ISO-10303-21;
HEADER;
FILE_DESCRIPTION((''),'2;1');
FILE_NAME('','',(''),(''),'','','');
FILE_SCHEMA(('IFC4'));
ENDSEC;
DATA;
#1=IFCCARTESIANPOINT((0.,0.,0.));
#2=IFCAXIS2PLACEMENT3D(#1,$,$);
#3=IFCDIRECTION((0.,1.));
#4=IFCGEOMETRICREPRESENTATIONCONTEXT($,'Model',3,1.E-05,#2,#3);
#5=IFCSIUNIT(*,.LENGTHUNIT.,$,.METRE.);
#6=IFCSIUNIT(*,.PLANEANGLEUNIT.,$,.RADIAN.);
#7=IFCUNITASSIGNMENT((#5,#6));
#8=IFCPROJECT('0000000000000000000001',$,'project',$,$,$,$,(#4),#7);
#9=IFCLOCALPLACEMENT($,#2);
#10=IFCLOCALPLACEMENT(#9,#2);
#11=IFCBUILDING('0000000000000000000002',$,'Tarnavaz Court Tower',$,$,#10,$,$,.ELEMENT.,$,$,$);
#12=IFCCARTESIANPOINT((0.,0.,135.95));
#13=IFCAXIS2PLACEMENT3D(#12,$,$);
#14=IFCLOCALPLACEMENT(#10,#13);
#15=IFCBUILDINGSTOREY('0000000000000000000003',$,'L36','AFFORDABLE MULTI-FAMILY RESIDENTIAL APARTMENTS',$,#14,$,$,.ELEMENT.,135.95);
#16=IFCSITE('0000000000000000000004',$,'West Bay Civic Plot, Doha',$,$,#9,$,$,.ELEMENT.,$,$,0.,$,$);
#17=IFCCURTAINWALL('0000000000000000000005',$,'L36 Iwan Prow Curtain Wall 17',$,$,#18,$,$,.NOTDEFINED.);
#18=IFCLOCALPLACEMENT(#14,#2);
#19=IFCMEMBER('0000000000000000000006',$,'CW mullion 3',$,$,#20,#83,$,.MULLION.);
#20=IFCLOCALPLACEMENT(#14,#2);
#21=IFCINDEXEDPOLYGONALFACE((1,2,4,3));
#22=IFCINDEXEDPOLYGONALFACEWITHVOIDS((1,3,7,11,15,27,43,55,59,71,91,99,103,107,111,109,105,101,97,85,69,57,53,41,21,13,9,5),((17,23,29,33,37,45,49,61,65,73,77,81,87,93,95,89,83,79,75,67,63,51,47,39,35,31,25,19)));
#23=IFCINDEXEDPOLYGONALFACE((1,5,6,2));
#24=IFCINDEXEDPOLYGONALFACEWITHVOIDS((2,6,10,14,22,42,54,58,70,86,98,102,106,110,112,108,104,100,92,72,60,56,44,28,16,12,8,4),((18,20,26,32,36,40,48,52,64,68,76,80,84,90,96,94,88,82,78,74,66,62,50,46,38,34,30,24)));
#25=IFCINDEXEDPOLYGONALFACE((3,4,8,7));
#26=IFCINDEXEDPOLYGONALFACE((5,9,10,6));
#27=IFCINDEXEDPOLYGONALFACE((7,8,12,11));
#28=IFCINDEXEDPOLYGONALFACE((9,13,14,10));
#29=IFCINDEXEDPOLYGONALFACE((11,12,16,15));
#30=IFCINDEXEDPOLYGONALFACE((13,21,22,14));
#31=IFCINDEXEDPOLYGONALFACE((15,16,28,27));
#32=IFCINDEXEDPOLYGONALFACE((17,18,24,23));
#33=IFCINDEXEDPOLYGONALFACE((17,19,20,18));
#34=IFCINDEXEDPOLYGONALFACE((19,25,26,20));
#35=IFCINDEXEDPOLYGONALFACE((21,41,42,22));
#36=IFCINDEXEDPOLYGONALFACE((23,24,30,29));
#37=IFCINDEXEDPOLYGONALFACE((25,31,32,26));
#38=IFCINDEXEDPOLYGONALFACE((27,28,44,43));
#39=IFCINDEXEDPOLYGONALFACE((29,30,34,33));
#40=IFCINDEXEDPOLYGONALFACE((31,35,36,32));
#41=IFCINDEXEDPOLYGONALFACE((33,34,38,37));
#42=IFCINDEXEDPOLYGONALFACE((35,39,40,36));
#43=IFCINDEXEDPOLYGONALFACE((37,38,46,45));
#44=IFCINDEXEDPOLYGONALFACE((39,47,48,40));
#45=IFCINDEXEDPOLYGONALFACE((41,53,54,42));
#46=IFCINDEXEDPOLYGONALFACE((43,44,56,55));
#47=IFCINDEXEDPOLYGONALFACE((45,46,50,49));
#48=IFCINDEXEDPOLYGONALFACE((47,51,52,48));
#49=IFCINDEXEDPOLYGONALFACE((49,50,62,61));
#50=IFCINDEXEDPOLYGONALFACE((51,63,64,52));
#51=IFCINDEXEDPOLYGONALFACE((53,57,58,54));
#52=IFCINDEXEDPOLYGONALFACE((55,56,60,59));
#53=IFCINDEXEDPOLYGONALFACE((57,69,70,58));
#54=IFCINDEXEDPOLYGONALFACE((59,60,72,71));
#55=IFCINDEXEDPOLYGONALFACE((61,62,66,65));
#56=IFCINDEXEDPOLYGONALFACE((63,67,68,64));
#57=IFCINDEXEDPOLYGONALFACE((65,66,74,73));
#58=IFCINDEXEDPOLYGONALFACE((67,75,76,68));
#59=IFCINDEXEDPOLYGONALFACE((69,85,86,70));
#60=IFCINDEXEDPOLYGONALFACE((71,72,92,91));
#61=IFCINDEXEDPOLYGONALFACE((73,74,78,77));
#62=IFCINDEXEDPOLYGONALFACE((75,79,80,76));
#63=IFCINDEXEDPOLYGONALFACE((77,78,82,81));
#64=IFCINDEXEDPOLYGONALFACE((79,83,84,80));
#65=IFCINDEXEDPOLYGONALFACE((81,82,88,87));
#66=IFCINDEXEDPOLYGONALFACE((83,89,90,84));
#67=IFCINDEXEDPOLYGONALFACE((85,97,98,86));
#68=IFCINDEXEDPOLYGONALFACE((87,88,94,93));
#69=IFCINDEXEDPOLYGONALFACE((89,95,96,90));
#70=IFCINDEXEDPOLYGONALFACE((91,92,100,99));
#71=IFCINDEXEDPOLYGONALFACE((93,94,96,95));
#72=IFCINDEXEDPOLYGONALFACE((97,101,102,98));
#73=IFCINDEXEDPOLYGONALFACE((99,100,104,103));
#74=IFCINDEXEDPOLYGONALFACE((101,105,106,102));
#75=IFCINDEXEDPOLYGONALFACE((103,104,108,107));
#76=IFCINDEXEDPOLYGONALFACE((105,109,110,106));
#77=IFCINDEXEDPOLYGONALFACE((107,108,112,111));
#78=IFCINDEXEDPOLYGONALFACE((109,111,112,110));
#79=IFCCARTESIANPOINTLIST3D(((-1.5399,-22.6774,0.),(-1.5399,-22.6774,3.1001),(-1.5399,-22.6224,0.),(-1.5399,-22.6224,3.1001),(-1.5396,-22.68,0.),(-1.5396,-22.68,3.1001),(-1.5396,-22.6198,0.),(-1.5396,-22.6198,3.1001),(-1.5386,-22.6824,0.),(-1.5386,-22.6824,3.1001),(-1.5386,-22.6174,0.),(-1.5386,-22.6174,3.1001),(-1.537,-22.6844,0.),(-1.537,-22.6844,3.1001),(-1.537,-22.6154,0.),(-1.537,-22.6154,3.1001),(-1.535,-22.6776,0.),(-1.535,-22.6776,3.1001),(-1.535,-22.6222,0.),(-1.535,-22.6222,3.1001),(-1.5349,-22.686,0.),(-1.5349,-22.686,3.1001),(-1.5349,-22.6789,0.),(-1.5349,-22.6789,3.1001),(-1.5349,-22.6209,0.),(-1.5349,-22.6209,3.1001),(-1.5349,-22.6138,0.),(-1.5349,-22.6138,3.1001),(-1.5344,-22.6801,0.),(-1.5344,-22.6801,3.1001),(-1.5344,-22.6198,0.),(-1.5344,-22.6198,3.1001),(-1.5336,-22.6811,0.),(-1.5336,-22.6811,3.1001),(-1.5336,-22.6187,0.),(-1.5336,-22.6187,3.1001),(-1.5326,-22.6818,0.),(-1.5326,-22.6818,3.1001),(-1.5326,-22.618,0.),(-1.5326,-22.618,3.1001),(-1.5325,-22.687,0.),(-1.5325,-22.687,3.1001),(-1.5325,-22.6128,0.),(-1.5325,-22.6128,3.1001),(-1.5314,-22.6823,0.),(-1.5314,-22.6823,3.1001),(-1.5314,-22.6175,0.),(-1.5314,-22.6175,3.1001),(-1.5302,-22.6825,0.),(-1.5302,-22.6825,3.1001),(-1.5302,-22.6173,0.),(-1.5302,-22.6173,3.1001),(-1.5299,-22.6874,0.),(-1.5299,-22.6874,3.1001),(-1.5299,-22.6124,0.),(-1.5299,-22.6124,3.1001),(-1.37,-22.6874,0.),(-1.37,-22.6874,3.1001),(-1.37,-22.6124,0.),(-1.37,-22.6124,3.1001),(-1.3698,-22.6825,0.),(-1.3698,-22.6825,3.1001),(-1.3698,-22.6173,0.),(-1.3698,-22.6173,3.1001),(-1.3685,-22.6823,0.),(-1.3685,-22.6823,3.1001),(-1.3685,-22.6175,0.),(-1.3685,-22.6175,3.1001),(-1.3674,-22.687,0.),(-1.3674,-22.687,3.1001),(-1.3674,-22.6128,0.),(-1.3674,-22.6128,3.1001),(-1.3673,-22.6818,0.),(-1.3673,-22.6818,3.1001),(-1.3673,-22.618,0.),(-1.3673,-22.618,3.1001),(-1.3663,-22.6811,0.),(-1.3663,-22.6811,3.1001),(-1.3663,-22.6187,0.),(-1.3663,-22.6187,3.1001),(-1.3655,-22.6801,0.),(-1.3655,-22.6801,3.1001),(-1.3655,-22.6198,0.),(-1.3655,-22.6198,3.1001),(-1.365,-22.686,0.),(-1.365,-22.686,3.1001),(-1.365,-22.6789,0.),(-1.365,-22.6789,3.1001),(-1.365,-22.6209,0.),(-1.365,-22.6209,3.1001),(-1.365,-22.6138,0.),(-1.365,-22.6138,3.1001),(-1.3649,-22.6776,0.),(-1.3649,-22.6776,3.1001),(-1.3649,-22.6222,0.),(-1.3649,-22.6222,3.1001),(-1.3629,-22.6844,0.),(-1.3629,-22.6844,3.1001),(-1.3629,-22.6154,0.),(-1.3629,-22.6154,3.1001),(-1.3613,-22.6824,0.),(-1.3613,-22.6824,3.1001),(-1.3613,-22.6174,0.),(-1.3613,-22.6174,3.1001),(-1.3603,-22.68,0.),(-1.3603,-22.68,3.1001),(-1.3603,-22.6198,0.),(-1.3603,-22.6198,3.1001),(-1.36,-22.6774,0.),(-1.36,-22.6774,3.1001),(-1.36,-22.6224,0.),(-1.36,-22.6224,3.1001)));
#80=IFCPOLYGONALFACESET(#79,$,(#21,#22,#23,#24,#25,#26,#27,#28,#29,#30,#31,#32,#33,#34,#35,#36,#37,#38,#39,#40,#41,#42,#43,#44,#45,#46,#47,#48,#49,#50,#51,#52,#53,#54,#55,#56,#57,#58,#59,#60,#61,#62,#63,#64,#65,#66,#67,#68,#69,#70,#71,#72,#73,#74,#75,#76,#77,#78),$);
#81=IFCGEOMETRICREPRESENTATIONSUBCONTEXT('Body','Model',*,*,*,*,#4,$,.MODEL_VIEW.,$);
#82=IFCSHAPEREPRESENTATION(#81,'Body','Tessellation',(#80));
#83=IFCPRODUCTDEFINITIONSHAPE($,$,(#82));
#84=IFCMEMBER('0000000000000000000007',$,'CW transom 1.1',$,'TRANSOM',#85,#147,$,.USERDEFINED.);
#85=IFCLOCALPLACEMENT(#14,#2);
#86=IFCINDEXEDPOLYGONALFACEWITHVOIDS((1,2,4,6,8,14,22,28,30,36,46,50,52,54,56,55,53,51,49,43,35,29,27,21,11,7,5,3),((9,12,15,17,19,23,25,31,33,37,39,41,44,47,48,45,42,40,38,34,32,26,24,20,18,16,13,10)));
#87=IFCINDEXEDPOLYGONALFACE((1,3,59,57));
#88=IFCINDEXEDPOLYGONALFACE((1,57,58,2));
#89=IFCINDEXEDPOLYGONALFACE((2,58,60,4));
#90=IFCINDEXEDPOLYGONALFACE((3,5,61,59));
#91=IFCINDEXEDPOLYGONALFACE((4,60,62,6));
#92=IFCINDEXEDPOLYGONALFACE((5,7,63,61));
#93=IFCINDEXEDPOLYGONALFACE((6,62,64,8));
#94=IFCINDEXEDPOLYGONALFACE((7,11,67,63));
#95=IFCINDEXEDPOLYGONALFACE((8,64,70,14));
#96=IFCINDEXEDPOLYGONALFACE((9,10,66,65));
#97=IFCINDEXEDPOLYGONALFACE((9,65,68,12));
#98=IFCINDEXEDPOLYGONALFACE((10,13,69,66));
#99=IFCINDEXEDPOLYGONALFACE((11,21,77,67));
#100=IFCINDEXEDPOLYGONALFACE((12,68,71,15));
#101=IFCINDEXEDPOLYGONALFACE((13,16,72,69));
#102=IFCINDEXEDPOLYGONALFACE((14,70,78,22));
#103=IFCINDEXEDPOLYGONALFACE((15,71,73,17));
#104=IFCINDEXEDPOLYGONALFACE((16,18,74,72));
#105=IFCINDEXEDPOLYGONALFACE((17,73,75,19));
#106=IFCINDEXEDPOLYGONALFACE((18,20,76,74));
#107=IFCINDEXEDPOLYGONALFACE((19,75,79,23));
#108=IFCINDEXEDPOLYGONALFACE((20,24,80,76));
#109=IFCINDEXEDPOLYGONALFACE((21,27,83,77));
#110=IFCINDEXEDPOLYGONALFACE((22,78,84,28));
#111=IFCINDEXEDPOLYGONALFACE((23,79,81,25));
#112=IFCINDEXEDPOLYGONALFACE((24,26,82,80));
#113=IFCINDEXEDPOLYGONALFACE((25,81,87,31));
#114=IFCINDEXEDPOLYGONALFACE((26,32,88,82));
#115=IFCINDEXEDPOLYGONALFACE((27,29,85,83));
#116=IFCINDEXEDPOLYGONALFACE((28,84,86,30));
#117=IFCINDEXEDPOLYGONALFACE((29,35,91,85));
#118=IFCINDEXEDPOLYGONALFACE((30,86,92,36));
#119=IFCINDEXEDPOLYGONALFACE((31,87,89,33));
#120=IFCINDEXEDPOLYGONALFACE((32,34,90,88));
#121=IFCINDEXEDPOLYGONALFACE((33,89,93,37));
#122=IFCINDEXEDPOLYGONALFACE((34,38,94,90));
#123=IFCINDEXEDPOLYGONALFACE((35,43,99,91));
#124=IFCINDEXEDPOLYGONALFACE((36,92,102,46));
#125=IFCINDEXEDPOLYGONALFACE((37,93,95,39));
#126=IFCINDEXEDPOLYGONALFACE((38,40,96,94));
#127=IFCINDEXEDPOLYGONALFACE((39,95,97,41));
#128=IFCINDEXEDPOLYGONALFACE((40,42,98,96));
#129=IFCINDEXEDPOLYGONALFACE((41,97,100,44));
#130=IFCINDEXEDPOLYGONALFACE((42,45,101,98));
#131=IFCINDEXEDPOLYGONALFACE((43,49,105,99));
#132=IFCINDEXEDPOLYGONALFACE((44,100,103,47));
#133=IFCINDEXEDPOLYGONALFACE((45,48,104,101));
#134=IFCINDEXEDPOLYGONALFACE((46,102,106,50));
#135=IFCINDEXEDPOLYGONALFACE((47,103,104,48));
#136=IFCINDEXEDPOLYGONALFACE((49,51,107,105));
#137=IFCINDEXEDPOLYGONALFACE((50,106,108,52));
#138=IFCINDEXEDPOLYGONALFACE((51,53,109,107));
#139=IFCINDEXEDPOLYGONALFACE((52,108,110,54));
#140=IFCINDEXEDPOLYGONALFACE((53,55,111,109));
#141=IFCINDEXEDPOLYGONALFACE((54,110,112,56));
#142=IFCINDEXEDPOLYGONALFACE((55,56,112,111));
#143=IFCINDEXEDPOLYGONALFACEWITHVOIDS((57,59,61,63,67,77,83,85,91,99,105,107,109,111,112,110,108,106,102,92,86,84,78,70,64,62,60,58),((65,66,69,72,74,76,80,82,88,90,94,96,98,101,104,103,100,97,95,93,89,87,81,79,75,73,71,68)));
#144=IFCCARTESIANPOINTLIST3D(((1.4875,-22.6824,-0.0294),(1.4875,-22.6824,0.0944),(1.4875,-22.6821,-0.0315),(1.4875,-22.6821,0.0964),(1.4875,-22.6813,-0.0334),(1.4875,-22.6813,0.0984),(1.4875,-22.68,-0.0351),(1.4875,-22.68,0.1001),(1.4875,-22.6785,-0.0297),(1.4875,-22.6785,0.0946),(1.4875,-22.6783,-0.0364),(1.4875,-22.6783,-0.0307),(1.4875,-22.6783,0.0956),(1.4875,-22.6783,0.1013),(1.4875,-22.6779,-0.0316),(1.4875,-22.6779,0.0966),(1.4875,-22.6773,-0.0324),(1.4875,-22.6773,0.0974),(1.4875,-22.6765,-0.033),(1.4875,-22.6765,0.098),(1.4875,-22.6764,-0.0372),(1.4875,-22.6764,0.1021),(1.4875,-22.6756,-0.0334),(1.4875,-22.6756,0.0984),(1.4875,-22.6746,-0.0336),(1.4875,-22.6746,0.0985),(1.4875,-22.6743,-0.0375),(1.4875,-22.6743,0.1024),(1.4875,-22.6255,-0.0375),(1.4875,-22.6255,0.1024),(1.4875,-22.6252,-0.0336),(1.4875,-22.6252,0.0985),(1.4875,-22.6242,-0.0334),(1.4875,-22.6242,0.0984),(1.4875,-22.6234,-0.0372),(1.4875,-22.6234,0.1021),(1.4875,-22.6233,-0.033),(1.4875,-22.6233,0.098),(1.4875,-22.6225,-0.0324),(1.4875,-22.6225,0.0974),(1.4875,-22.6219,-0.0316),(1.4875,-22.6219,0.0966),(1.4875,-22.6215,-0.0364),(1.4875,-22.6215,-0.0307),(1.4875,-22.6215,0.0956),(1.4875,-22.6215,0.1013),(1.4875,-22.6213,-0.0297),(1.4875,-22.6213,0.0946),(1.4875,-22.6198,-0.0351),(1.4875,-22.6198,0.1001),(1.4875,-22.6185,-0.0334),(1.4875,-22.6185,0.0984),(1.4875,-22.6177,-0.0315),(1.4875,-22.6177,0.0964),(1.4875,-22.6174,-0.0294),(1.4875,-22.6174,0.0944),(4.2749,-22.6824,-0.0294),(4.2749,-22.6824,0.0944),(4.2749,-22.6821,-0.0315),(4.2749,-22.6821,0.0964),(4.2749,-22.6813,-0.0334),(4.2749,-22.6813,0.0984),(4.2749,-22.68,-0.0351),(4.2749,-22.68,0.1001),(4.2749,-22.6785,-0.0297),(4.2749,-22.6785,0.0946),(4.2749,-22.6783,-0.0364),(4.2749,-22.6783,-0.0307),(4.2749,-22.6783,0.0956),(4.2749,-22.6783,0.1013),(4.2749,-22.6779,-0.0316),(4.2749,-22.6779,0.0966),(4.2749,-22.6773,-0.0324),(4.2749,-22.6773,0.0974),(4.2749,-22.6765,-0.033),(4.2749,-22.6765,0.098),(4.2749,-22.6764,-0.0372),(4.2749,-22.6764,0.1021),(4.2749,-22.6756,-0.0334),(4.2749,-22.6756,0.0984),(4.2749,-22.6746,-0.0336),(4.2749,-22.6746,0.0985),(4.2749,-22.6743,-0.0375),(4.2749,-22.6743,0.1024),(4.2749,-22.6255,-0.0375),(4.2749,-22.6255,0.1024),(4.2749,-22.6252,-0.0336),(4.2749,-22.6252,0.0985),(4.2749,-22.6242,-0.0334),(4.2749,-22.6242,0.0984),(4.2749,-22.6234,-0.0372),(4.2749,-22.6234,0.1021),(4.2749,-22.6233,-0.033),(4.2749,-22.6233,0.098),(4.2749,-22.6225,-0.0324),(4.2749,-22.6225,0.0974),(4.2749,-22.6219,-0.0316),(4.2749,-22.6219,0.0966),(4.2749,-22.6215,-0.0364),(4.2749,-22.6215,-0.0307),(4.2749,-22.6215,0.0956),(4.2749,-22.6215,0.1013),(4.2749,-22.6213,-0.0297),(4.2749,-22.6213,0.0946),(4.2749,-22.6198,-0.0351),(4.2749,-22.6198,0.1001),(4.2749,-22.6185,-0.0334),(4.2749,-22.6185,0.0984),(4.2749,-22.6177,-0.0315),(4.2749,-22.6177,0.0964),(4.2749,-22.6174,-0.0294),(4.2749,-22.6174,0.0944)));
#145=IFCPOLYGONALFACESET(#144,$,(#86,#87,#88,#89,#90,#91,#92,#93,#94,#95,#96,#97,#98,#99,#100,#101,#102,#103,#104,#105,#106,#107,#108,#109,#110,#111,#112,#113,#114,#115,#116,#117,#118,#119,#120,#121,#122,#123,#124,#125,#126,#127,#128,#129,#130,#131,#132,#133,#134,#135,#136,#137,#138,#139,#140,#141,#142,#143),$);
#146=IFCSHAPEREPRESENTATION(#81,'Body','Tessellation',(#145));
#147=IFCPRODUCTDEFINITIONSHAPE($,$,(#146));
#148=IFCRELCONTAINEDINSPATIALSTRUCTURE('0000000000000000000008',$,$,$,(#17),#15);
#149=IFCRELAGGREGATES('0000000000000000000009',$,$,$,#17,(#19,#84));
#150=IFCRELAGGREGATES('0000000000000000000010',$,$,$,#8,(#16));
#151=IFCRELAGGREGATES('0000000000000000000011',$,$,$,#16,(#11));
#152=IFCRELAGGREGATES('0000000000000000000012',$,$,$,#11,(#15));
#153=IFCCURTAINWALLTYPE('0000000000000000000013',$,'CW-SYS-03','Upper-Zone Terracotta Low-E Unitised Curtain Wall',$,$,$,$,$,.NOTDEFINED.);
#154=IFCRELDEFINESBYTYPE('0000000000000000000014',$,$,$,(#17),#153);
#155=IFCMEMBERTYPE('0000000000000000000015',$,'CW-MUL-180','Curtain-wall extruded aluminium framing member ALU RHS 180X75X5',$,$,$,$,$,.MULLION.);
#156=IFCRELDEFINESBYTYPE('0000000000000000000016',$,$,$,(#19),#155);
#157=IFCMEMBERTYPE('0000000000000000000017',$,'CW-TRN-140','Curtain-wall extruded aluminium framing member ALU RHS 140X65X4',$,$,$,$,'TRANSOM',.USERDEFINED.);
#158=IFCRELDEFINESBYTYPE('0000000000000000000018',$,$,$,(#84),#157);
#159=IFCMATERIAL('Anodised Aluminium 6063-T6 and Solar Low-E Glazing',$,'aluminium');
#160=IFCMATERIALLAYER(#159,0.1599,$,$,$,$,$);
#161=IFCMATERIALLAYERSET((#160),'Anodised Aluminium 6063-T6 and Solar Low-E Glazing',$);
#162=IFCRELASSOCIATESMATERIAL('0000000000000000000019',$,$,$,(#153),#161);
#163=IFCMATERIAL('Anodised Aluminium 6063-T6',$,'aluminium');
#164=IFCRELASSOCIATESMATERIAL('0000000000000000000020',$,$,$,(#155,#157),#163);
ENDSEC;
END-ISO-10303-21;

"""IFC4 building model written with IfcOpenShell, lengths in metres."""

from ifc_helpers import new_model, si_unit, direction, frame, origin, origin_2d, place, context, subcontext, project, spatial, hollow_rectangle, extrude, material, layer, layer_set, material_profile, profile_set, type_object, element, aggregate, save


model = new_model("IFC4")

# Units and contexts
model_context = context("Model", 3, precision=1e-05, world=origin(), true_north=direction((0.0, 1.0)))
body_context = subcontext(model_context, "Body", "Model", "MODEL_VIEW")
ifc_project = project(units=[si_unit("LENGTHUNIT", "METRE"), si_unit("PLANEANGLEUNIT", "RADIAN")], contexts=[model_context])

# Site, building, storey
site_placement = place(None, origin())
site = spatial("IfcSite", under=ifc_project, at=site_placement, Name="West Bay Civic Plot, Doha", CompositionType="ELEMENT", RefElevation=0.0)
building_placement = place(site_placement, origin())
building = spatial("IfcBuilding", under=site, at=building_placement, Name="Tarnavaz Court Tower", CompositionType="ELEMENT")
storey_placement = place(building_placement, frame((0.0, 0.0, 135.95)))
storey = spatial("IfcBuildingStorey", under=building, at=storey_placement, Name="L36", Description="AFFORDABLE MULTI-FAMILY RESIDENTIAL APARTMENTS", CompositionType="ELEMENT", Elevation=135.95)

# Curtain wall, members
ifc_material_1 = material(Name="Anodised Aluminium 6063-T6 and Solar Low-E Glazing", Category="aluminium")
ifc_layer_1 = layer(ifc_material_1, 0.1599)
ifc_layer_set_1 = layer_set([ifc_layer_1], Name="Anodised Aluminium 6063-T6 and Solar Low-E Glazing")
curtain_wall_type = type_object("IfcCurtainWallType", Name="CW-SYS-03", Description="Upper-Zone Terracotta Low-E Unitised Curtain Wall", PredefinedType="NOTDEFINED", material=ifc_layer_set_1)
curtain_wall_placement = place(storey_placement, origin())
curtain_wall = element("IfcCurtainWall", 1, at=curtain_wall_placement, inside=storey, type_object=curtain_wall_type, Name="L36 Iwan Prow Curtain Wall 17", PredefinedType="NOTDEFINED")
ifc_material_2 = material(Name="Anodised Aluminium 6063-T6", Category="aluminium")
ifc_material_profile_1 = material_profile(ifc_material_2, hollow_rectangle(XDim=0.075, YDim=0.1799, WallThickness=0.0049, InnerFilletRadius=0.0049, OuterFilletRadius=0.01, at=origin_2d()), Name="ALU RHS 180X75X5")
ifc_profile_set_1 = profile_set([ifc_material_profile_1], Name="Anodised Aluminium 6063-T6")
member_type_1 = type_object("IfcMemberType", Name="CW-MUL-180", Description="Curtain-wall extruded aluminium framing member ALU RHS 180X75X5", PredefinedType="MULLION", material=ifc_profile_set_1)
member_1_placement = place(storey_placement, frame((-1.45, -22.6499, 0.0), z_axis=(0.0, 0.0, 1.0), x_axis=(0.0, -1.0, 0.0)))
member_1 = element("IfcMember", 2, at=member_1_placement, type_object=member_type_1, Name="CW mullion 3", PredefinedType="MULLION", context=body_context, shape_type="SweptSolid", body=[
    extrude(hollow_rectangle(XDim=0.075, YDim=0.1799, WallThickness=0.0049, InnerFilletRadius=0.0049, OuterFilletRadius=0.01, at=origin_2d()), origin(), (0.0, 0.0, 1.0), 3.1001),
])
ifc_material_profile_2 = material_profile(ifc_material_2, hollow_rectangle(XDim=0.0649, YDim=0.1399, WallThickness=0.0039, InnerFilletRadius=0.0039, OuterFilletRadius=0.0081, at=origin_2d()), Name="ALU RHS 140X65X4")
ifc_profile_set_2 = profile_set([ifc_material_profile_2], Name="Anodised Aluminium 6063-T6")
member_type_2 = type_object("IfcMemberType", Name="CW-TRN-140", Description="Curtain-wall extruded aluminium framing member ALU RHS 140X65X4", ElementType="TRANSOM", PredefinedType="USERDEFINED", material=ifc_profile_set_2)
member_2_placement = place(storey_placement, frame((4.2749, -22.6499, 0.0325), z_axis=(-1.0, 0.0, 0.0), x_axis=(0.0, -1.0, 0.0)))
member_2 = element("IfcMember", 3, at=member_2_placement, type_object=member_type_2, Name="CW transom 1.1", ObjectType="TRANSOM", PredefinedType="USERDEFINED", context=body_context, shape_type="SweptSolid", body=[
    extrude(hollow_rectangle(XDim=0.0649, YDim=0.1399, WallThickness=0.0039, InnerFilletRadius=0.0039, OuterFilletRadius=0.0081, at=origin_2d()), origin(), (0.0, 0.0, 1.0), 2.7874),
])
aggregate(curtain_wall, [member_1, member_2])

save(model, "model.ifc")
